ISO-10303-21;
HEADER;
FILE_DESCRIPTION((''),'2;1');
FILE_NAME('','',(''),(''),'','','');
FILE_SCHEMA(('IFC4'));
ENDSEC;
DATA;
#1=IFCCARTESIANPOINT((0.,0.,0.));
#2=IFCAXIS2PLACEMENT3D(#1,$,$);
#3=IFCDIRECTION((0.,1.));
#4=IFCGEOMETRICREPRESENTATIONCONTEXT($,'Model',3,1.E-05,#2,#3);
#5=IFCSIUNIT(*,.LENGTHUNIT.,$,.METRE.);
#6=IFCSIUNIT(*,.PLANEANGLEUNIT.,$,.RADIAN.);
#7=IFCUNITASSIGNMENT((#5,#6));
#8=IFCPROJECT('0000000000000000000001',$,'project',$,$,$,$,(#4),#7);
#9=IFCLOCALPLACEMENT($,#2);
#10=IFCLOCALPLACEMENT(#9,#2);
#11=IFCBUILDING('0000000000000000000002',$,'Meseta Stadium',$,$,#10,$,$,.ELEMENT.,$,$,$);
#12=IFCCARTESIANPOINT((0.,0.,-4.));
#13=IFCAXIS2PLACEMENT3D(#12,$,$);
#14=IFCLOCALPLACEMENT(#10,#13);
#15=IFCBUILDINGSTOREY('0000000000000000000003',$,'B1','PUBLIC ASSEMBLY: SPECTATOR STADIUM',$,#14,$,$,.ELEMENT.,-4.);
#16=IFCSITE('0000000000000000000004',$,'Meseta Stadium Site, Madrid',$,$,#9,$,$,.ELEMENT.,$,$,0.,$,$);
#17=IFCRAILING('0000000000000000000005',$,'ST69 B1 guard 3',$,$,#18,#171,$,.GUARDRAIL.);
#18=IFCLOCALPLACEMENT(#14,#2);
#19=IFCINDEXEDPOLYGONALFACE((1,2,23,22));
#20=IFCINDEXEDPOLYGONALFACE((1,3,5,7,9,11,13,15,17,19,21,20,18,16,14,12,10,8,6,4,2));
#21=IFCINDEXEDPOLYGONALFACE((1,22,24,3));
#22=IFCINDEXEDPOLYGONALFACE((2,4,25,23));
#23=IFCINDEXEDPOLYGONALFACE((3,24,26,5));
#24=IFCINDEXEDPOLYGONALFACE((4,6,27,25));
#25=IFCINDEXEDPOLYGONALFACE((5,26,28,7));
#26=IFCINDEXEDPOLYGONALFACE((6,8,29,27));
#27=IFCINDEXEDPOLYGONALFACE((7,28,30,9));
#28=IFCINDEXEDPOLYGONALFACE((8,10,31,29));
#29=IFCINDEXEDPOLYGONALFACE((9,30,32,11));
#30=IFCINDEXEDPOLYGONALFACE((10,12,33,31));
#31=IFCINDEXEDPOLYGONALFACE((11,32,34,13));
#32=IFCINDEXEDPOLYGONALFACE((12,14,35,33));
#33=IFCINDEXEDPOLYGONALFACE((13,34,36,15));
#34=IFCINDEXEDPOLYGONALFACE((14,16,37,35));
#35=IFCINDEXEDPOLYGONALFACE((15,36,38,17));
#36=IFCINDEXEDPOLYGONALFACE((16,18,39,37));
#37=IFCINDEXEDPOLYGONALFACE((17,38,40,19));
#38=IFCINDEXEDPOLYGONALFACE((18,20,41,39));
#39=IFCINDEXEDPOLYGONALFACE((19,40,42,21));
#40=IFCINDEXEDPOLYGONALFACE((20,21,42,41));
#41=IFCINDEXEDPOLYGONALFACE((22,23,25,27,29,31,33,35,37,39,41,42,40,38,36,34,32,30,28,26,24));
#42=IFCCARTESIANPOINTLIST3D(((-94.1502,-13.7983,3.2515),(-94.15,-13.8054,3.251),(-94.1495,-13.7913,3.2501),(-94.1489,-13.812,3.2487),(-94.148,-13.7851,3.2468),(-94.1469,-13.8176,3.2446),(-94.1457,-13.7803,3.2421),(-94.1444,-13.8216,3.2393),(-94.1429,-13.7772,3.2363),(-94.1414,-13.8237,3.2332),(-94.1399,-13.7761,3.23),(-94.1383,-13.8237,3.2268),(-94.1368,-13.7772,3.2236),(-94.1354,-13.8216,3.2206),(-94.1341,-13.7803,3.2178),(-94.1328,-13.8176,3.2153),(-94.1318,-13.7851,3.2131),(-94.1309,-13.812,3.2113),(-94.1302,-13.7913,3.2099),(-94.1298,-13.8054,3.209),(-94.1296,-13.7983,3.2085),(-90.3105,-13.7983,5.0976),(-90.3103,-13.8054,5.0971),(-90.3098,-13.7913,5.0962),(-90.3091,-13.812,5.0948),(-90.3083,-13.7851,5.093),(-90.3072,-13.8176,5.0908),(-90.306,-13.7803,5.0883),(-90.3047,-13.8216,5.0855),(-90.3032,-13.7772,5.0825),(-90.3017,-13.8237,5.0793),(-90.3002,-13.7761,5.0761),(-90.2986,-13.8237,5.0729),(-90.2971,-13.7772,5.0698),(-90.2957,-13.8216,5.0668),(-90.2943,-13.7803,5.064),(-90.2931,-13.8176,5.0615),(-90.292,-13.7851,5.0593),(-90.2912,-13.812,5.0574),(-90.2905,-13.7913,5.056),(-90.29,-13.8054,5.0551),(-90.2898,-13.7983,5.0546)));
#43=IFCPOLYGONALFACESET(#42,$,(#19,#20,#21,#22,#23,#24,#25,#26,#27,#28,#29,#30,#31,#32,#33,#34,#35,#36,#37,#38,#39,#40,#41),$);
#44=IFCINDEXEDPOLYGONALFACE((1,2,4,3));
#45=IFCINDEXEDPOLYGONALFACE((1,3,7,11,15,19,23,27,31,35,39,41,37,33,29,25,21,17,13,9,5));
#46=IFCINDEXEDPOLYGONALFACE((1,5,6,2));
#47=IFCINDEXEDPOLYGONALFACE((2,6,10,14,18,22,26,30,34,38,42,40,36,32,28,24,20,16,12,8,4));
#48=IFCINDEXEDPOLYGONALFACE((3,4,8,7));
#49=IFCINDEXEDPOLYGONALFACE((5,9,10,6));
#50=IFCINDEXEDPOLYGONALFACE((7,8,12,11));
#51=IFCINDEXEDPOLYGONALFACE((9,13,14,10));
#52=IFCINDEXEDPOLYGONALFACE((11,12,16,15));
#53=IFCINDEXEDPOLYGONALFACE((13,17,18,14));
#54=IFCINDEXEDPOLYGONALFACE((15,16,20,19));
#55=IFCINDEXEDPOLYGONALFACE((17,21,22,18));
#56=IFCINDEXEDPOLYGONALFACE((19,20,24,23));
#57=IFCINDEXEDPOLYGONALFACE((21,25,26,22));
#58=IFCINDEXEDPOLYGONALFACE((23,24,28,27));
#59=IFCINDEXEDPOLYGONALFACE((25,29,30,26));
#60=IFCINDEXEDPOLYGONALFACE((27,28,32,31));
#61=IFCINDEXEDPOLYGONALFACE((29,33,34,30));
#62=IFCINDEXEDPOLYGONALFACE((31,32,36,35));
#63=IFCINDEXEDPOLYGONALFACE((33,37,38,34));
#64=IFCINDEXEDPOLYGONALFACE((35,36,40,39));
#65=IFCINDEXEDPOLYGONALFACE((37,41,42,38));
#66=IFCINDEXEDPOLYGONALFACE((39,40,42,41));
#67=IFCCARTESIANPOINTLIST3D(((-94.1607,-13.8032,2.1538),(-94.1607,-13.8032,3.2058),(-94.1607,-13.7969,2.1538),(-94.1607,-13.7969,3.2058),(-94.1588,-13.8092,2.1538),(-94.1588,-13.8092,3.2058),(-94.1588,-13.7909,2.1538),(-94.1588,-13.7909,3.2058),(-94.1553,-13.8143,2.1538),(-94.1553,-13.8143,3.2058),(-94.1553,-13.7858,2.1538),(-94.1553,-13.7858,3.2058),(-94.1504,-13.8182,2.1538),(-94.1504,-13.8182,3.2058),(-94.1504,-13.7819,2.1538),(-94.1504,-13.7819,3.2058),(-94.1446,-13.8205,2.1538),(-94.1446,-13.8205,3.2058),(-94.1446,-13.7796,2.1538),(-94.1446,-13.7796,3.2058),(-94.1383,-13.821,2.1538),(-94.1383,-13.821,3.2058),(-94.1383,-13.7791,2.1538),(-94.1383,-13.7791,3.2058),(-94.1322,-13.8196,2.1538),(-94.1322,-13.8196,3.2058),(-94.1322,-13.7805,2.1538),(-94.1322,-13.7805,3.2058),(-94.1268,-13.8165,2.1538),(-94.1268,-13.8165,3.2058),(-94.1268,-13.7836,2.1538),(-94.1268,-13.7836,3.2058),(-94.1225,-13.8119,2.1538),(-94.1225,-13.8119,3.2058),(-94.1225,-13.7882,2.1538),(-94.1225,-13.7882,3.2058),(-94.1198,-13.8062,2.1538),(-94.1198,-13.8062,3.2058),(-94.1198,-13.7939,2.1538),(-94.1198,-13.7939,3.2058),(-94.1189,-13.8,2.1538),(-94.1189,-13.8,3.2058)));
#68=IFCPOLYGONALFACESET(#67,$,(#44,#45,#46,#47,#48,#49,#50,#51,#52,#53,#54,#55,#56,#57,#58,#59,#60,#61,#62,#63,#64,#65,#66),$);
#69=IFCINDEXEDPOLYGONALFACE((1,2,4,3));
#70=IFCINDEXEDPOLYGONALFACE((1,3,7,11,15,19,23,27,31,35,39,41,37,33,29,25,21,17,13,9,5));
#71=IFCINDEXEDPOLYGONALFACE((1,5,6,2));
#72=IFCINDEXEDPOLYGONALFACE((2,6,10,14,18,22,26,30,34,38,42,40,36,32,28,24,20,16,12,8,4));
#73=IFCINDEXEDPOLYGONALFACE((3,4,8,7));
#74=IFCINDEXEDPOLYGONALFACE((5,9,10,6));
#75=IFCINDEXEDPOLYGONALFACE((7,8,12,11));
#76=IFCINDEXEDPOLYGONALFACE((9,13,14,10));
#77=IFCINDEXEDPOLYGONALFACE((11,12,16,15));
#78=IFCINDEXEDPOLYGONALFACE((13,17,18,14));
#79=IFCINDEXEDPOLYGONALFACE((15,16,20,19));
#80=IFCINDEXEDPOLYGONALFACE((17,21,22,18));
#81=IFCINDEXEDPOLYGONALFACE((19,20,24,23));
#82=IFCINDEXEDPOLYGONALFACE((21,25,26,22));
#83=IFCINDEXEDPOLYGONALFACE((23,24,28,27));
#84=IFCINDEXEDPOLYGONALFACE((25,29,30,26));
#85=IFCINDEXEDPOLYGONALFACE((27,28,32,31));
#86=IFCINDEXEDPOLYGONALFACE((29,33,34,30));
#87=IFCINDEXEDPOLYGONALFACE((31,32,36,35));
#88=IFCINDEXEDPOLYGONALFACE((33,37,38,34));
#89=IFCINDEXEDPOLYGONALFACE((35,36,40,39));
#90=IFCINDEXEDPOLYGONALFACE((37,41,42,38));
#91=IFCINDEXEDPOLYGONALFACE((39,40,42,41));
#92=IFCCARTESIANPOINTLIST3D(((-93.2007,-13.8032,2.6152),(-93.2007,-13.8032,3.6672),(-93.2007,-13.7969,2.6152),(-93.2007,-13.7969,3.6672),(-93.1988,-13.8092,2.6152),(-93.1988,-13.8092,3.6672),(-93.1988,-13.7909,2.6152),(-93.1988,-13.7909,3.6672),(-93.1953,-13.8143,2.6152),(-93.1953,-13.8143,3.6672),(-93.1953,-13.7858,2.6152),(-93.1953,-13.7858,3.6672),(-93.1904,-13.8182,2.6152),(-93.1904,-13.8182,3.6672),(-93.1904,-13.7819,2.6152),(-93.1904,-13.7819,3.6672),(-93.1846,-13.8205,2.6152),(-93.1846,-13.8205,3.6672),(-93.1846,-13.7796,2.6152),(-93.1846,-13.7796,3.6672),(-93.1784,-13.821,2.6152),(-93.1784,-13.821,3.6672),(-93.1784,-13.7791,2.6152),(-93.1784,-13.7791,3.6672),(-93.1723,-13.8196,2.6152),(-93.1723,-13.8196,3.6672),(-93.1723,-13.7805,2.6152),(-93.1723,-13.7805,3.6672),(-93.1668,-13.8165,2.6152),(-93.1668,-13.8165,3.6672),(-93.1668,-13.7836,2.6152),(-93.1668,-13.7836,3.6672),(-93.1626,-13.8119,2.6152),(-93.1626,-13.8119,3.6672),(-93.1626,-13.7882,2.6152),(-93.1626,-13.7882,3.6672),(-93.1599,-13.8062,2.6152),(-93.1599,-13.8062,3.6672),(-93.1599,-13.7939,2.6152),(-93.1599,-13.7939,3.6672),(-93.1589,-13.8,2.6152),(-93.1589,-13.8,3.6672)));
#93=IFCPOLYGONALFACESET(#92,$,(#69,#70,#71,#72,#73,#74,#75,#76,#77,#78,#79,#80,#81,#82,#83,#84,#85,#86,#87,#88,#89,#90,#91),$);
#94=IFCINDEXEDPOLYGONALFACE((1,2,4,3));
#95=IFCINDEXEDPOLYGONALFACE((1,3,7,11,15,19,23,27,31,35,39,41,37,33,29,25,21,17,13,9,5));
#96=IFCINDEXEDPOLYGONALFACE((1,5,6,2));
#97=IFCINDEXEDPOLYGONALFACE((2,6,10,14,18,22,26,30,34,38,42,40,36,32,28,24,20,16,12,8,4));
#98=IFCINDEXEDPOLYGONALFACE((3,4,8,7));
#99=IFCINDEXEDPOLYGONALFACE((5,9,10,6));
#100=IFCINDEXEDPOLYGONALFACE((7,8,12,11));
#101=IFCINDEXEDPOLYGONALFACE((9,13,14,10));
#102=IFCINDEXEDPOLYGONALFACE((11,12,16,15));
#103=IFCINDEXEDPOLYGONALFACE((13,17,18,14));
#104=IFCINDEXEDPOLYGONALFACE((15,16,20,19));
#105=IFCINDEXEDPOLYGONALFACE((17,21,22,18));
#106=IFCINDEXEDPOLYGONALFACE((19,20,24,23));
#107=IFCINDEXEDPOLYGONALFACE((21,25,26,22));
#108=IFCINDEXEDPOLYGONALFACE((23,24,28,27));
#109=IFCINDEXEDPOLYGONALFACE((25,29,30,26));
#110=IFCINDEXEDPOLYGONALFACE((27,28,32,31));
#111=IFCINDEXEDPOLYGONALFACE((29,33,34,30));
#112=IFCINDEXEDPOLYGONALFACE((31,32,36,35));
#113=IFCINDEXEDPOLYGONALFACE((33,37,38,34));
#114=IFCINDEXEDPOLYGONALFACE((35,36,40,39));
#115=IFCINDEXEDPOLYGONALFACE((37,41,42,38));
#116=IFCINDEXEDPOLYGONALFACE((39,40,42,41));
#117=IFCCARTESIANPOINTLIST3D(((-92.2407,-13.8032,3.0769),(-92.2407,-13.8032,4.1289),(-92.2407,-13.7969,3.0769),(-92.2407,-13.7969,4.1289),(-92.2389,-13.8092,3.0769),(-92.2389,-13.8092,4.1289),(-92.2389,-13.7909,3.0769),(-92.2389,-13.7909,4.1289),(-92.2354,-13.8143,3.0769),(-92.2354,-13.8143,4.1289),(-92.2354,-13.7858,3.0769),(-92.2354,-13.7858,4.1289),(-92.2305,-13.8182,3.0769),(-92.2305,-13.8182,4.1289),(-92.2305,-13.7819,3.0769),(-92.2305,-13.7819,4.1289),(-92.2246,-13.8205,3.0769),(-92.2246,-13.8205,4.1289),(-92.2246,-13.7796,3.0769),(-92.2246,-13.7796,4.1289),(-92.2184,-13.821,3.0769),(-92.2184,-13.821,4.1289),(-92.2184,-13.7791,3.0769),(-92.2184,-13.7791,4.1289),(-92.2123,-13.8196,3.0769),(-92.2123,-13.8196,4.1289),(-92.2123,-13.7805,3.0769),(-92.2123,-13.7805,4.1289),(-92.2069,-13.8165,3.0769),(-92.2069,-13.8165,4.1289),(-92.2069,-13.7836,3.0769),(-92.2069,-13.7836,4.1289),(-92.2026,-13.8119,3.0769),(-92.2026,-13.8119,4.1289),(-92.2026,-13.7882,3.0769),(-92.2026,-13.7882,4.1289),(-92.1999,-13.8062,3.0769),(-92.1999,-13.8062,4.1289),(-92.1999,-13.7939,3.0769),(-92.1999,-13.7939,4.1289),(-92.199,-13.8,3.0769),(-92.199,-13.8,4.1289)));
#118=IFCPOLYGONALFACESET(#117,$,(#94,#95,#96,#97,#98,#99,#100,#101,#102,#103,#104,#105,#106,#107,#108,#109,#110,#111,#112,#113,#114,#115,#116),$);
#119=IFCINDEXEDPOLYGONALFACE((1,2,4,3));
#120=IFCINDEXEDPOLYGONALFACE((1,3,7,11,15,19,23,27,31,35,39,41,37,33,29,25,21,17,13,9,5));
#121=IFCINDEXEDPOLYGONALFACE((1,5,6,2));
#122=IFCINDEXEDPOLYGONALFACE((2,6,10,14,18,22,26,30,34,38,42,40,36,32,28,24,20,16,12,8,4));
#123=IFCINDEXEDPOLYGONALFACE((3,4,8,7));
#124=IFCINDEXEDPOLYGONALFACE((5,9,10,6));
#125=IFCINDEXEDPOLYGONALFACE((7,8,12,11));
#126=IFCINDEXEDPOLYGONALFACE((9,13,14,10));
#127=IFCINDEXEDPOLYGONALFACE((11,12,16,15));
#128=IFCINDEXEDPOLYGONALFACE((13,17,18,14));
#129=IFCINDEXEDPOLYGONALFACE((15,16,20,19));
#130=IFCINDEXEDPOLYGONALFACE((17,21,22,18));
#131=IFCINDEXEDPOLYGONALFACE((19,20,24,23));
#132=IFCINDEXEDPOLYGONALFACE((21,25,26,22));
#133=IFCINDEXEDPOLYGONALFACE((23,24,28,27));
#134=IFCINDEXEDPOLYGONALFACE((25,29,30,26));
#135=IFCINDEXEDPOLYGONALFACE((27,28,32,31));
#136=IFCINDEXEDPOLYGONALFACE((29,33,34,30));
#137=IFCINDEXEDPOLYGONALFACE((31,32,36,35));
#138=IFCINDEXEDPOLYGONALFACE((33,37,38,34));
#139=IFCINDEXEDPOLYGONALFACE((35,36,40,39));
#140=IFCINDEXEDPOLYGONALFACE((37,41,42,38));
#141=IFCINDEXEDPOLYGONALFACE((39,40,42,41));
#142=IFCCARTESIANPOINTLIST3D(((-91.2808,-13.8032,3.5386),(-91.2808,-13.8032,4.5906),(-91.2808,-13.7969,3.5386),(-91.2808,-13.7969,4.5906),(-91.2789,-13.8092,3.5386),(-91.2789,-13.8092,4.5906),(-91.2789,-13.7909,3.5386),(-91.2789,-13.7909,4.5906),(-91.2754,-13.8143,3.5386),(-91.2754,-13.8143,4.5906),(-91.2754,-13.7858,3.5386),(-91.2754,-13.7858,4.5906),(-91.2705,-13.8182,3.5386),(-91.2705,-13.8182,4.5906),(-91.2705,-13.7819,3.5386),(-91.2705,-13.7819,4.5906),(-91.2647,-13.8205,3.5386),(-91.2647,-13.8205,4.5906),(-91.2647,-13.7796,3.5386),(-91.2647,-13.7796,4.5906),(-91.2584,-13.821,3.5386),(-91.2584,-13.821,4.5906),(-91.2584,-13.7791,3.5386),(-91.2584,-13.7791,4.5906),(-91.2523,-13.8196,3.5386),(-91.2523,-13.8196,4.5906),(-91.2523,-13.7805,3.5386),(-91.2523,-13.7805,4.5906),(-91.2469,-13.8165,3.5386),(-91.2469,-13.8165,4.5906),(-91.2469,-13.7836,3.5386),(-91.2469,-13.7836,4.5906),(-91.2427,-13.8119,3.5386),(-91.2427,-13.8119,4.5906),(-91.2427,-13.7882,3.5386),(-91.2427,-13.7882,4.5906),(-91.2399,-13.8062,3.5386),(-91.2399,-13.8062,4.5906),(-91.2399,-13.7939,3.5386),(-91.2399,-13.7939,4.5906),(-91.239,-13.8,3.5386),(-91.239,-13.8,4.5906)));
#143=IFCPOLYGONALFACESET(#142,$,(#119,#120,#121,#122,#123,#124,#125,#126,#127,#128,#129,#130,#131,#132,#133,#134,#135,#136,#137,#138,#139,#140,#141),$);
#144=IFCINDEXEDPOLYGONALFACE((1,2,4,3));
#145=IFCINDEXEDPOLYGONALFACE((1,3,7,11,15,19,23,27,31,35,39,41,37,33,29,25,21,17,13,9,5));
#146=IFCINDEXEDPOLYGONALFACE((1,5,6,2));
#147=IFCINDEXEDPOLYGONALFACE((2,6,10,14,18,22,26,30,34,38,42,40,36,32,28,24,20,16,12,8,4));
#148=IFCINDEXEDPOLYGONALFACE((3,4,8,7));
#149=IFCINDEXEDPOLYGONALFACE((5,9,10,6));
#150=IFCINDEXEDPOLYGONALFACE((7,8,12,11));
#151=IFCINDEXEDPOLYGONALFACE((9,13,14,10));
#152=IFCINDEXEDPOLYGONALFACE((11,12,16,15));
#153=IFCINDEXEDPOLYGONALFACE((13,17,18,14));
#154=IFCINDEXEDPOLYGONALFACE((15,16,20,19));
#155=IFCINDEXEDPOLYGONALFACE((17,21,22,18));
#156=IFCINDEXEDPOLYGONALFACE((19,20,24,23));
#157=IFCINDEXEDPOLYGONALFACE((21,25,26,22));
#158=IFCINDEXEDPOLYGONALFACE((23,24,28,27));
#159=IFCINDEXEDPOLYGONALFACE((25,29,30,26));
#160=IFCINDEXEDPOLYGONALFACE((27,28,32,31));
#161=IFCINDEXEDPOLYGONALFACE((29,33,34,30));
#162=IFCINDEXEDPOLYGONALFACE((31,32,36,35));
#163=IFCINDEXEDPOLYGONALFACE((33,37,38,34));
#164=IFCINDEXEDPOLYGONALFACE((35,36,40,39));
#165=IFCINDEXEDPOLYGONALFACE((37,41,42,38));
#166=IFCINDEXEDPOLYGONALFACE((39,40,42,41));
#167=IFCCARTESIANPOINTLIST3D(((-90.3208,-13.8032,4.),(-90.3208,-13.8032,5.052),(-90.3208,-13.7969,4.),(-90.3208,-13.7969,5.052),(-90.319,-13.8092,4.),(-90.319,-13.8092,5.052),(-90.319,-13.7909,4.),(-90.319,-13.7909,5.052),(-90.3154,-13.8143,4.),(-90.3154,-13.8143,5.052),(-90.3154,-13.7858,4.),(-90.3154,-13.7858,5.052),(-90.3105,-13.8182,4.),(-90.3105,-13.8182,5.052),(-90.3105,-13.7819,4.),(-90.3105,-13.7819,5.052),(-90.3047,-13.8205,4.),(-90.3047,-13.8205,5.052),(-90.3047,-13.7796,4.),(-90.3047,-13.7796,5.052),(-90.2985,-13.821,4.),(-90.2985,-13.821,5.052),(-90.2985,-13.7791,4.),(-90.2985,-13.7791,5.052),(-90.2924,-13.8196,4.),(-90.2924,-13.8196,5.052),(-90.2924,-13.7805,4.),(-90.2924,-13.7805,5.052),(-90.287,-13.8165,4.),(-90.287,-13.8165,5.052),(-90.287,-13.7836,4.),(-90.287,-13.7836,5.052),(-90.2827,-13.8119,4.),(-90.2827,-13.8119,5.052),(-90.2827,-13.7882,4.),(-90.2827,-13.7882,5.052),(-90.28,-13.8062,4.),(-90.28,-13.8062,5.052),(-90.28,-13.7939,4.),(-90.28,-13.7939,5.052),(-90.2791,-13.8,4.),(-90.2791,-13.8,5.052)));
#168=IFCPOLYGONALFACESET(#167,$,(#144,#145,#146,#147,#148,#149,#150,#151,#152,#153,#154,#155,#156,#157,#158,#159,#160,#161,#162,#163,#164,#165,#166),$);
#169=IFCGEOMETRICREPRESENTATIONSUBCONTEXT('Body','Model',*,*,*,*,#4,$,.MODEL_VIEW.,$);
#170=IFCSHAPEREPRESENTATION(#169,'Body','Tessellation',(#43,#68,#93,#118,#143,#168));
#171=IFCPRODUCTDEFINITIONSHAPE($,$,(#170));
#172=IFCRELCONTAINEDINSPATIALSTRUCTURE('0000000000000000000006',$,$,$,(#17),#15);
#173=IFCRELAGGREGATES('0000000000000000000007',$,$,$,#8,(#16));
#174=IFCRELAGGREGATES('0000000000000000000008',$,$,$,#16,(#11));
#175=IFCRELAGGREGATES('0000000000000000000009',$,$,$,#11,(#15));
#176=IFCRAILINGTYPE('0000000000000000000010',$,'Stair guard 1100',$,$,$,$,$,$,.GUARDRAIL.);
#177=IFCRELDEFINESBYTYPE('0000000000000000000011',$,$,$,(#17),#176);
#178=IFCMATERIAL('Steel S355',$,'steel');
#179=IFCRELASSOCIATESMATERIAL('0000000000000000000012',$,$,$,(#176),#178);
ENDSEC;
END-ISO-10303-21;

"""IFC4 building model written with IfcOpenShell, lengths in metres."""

from ifc_helpers import new_model, si_unit, direction, frame, origin, origin_2d, place, context, subcontext, project, spatial, circle, extrude, material, type_object, element, save


model = new_model("IFC4")

# Units and contexts
model_context = context("Model", 3, precision=1e-05, world=origin(), true_north=direction((0.0, 1.0)))
body_context = subcontext(model_context, "Body", "Model", "MODEL_VIEW")
ifc_project = project(units=[si_unit("LENGTHUNIT", "METRE"), si_unit("PLANEANGLEUNIT", "RADIAN")], contexts=[model_context])

# Site, building, storey
site_placement = place(None, origin())
site = spatial("IfcSite", under=ifc_project, at=site_placement, Name="Meseta Stadium Site, Madrid", CompositionType="ELEMENT", RefElevation=0.0)
building_placement = place(site_placement, origin())
building = spatial("IfcBuilding", under=site, at=building_placement, Name="Meseta Stadium", CompositionType="ELEMENT")
storey_placement = place(building_placement, frame((0.0, 0.0, -4.0)))
storey = spatial("IfcBuildingStorey", under=building, at=storey_placement, Name="B1", Description="PUBLIC ASSEMBLY: SPECTATOR STADIUM", CompositionType="ELEMENT", Elevation=-4.0)

# Railing
ifc_material_1 = material(Name="Steel S355", Category="steel")
railing_type_1 = type_object("IfcRailingType", Name="Stair guard 1100", PredefinedType="GUARDRAIL", material=ifc_material_1)
railing_1_placement = place(storey_placement, frame((-94.1399, -13.8, 2.1538)))
element("IfcRailing", 1, at=railing_1_placement, inside=storey, type_object=railing_type_1, Name="ST69 B1 guard 3", PredefinedType="GUARDRAIL", context=body_context, shape_type="SweptSolid", body=[
    extrude(circle(Radius=0.0239, at=origin_2d()), frame((0.0, 0.0, 1.0762), z_axis=(0.901242, 0.0, 0.433316), x_axis=(0.0, 1.0, 0.0)), (0.0, 0.0, 1.0), 4.2605),
    extrude(circle(Radius=0.021, at=origin_2d()), origin(), (0.0, 0.0, 1.0), 1.052),
    extrude(circle(Radius=0.021, at=origin_2d()), frame((0.96, 0.0, 0.4614)), (0.0, 0.0, 1.0), 1.052),
    extrude(circle(Radius=0.021, at=origin_2d()), frame((1.9199, 0.0, 0.9231)), (0.0, 0.0, 1.0), 1.052),
    extrude(circle(Radius=0.021, at=origin_2d()), frame((2.8799, 0.0, 1.3848)), (0.0, 0.0, 1.0), 1.052),
    extrude(circle(Radius=0.021, at=origin_2d()), frame((3.8398, 0.0, 1.8462)), (0.0, 0.0, 1.0), 1.052),
])

save(model, "model.ifc")
